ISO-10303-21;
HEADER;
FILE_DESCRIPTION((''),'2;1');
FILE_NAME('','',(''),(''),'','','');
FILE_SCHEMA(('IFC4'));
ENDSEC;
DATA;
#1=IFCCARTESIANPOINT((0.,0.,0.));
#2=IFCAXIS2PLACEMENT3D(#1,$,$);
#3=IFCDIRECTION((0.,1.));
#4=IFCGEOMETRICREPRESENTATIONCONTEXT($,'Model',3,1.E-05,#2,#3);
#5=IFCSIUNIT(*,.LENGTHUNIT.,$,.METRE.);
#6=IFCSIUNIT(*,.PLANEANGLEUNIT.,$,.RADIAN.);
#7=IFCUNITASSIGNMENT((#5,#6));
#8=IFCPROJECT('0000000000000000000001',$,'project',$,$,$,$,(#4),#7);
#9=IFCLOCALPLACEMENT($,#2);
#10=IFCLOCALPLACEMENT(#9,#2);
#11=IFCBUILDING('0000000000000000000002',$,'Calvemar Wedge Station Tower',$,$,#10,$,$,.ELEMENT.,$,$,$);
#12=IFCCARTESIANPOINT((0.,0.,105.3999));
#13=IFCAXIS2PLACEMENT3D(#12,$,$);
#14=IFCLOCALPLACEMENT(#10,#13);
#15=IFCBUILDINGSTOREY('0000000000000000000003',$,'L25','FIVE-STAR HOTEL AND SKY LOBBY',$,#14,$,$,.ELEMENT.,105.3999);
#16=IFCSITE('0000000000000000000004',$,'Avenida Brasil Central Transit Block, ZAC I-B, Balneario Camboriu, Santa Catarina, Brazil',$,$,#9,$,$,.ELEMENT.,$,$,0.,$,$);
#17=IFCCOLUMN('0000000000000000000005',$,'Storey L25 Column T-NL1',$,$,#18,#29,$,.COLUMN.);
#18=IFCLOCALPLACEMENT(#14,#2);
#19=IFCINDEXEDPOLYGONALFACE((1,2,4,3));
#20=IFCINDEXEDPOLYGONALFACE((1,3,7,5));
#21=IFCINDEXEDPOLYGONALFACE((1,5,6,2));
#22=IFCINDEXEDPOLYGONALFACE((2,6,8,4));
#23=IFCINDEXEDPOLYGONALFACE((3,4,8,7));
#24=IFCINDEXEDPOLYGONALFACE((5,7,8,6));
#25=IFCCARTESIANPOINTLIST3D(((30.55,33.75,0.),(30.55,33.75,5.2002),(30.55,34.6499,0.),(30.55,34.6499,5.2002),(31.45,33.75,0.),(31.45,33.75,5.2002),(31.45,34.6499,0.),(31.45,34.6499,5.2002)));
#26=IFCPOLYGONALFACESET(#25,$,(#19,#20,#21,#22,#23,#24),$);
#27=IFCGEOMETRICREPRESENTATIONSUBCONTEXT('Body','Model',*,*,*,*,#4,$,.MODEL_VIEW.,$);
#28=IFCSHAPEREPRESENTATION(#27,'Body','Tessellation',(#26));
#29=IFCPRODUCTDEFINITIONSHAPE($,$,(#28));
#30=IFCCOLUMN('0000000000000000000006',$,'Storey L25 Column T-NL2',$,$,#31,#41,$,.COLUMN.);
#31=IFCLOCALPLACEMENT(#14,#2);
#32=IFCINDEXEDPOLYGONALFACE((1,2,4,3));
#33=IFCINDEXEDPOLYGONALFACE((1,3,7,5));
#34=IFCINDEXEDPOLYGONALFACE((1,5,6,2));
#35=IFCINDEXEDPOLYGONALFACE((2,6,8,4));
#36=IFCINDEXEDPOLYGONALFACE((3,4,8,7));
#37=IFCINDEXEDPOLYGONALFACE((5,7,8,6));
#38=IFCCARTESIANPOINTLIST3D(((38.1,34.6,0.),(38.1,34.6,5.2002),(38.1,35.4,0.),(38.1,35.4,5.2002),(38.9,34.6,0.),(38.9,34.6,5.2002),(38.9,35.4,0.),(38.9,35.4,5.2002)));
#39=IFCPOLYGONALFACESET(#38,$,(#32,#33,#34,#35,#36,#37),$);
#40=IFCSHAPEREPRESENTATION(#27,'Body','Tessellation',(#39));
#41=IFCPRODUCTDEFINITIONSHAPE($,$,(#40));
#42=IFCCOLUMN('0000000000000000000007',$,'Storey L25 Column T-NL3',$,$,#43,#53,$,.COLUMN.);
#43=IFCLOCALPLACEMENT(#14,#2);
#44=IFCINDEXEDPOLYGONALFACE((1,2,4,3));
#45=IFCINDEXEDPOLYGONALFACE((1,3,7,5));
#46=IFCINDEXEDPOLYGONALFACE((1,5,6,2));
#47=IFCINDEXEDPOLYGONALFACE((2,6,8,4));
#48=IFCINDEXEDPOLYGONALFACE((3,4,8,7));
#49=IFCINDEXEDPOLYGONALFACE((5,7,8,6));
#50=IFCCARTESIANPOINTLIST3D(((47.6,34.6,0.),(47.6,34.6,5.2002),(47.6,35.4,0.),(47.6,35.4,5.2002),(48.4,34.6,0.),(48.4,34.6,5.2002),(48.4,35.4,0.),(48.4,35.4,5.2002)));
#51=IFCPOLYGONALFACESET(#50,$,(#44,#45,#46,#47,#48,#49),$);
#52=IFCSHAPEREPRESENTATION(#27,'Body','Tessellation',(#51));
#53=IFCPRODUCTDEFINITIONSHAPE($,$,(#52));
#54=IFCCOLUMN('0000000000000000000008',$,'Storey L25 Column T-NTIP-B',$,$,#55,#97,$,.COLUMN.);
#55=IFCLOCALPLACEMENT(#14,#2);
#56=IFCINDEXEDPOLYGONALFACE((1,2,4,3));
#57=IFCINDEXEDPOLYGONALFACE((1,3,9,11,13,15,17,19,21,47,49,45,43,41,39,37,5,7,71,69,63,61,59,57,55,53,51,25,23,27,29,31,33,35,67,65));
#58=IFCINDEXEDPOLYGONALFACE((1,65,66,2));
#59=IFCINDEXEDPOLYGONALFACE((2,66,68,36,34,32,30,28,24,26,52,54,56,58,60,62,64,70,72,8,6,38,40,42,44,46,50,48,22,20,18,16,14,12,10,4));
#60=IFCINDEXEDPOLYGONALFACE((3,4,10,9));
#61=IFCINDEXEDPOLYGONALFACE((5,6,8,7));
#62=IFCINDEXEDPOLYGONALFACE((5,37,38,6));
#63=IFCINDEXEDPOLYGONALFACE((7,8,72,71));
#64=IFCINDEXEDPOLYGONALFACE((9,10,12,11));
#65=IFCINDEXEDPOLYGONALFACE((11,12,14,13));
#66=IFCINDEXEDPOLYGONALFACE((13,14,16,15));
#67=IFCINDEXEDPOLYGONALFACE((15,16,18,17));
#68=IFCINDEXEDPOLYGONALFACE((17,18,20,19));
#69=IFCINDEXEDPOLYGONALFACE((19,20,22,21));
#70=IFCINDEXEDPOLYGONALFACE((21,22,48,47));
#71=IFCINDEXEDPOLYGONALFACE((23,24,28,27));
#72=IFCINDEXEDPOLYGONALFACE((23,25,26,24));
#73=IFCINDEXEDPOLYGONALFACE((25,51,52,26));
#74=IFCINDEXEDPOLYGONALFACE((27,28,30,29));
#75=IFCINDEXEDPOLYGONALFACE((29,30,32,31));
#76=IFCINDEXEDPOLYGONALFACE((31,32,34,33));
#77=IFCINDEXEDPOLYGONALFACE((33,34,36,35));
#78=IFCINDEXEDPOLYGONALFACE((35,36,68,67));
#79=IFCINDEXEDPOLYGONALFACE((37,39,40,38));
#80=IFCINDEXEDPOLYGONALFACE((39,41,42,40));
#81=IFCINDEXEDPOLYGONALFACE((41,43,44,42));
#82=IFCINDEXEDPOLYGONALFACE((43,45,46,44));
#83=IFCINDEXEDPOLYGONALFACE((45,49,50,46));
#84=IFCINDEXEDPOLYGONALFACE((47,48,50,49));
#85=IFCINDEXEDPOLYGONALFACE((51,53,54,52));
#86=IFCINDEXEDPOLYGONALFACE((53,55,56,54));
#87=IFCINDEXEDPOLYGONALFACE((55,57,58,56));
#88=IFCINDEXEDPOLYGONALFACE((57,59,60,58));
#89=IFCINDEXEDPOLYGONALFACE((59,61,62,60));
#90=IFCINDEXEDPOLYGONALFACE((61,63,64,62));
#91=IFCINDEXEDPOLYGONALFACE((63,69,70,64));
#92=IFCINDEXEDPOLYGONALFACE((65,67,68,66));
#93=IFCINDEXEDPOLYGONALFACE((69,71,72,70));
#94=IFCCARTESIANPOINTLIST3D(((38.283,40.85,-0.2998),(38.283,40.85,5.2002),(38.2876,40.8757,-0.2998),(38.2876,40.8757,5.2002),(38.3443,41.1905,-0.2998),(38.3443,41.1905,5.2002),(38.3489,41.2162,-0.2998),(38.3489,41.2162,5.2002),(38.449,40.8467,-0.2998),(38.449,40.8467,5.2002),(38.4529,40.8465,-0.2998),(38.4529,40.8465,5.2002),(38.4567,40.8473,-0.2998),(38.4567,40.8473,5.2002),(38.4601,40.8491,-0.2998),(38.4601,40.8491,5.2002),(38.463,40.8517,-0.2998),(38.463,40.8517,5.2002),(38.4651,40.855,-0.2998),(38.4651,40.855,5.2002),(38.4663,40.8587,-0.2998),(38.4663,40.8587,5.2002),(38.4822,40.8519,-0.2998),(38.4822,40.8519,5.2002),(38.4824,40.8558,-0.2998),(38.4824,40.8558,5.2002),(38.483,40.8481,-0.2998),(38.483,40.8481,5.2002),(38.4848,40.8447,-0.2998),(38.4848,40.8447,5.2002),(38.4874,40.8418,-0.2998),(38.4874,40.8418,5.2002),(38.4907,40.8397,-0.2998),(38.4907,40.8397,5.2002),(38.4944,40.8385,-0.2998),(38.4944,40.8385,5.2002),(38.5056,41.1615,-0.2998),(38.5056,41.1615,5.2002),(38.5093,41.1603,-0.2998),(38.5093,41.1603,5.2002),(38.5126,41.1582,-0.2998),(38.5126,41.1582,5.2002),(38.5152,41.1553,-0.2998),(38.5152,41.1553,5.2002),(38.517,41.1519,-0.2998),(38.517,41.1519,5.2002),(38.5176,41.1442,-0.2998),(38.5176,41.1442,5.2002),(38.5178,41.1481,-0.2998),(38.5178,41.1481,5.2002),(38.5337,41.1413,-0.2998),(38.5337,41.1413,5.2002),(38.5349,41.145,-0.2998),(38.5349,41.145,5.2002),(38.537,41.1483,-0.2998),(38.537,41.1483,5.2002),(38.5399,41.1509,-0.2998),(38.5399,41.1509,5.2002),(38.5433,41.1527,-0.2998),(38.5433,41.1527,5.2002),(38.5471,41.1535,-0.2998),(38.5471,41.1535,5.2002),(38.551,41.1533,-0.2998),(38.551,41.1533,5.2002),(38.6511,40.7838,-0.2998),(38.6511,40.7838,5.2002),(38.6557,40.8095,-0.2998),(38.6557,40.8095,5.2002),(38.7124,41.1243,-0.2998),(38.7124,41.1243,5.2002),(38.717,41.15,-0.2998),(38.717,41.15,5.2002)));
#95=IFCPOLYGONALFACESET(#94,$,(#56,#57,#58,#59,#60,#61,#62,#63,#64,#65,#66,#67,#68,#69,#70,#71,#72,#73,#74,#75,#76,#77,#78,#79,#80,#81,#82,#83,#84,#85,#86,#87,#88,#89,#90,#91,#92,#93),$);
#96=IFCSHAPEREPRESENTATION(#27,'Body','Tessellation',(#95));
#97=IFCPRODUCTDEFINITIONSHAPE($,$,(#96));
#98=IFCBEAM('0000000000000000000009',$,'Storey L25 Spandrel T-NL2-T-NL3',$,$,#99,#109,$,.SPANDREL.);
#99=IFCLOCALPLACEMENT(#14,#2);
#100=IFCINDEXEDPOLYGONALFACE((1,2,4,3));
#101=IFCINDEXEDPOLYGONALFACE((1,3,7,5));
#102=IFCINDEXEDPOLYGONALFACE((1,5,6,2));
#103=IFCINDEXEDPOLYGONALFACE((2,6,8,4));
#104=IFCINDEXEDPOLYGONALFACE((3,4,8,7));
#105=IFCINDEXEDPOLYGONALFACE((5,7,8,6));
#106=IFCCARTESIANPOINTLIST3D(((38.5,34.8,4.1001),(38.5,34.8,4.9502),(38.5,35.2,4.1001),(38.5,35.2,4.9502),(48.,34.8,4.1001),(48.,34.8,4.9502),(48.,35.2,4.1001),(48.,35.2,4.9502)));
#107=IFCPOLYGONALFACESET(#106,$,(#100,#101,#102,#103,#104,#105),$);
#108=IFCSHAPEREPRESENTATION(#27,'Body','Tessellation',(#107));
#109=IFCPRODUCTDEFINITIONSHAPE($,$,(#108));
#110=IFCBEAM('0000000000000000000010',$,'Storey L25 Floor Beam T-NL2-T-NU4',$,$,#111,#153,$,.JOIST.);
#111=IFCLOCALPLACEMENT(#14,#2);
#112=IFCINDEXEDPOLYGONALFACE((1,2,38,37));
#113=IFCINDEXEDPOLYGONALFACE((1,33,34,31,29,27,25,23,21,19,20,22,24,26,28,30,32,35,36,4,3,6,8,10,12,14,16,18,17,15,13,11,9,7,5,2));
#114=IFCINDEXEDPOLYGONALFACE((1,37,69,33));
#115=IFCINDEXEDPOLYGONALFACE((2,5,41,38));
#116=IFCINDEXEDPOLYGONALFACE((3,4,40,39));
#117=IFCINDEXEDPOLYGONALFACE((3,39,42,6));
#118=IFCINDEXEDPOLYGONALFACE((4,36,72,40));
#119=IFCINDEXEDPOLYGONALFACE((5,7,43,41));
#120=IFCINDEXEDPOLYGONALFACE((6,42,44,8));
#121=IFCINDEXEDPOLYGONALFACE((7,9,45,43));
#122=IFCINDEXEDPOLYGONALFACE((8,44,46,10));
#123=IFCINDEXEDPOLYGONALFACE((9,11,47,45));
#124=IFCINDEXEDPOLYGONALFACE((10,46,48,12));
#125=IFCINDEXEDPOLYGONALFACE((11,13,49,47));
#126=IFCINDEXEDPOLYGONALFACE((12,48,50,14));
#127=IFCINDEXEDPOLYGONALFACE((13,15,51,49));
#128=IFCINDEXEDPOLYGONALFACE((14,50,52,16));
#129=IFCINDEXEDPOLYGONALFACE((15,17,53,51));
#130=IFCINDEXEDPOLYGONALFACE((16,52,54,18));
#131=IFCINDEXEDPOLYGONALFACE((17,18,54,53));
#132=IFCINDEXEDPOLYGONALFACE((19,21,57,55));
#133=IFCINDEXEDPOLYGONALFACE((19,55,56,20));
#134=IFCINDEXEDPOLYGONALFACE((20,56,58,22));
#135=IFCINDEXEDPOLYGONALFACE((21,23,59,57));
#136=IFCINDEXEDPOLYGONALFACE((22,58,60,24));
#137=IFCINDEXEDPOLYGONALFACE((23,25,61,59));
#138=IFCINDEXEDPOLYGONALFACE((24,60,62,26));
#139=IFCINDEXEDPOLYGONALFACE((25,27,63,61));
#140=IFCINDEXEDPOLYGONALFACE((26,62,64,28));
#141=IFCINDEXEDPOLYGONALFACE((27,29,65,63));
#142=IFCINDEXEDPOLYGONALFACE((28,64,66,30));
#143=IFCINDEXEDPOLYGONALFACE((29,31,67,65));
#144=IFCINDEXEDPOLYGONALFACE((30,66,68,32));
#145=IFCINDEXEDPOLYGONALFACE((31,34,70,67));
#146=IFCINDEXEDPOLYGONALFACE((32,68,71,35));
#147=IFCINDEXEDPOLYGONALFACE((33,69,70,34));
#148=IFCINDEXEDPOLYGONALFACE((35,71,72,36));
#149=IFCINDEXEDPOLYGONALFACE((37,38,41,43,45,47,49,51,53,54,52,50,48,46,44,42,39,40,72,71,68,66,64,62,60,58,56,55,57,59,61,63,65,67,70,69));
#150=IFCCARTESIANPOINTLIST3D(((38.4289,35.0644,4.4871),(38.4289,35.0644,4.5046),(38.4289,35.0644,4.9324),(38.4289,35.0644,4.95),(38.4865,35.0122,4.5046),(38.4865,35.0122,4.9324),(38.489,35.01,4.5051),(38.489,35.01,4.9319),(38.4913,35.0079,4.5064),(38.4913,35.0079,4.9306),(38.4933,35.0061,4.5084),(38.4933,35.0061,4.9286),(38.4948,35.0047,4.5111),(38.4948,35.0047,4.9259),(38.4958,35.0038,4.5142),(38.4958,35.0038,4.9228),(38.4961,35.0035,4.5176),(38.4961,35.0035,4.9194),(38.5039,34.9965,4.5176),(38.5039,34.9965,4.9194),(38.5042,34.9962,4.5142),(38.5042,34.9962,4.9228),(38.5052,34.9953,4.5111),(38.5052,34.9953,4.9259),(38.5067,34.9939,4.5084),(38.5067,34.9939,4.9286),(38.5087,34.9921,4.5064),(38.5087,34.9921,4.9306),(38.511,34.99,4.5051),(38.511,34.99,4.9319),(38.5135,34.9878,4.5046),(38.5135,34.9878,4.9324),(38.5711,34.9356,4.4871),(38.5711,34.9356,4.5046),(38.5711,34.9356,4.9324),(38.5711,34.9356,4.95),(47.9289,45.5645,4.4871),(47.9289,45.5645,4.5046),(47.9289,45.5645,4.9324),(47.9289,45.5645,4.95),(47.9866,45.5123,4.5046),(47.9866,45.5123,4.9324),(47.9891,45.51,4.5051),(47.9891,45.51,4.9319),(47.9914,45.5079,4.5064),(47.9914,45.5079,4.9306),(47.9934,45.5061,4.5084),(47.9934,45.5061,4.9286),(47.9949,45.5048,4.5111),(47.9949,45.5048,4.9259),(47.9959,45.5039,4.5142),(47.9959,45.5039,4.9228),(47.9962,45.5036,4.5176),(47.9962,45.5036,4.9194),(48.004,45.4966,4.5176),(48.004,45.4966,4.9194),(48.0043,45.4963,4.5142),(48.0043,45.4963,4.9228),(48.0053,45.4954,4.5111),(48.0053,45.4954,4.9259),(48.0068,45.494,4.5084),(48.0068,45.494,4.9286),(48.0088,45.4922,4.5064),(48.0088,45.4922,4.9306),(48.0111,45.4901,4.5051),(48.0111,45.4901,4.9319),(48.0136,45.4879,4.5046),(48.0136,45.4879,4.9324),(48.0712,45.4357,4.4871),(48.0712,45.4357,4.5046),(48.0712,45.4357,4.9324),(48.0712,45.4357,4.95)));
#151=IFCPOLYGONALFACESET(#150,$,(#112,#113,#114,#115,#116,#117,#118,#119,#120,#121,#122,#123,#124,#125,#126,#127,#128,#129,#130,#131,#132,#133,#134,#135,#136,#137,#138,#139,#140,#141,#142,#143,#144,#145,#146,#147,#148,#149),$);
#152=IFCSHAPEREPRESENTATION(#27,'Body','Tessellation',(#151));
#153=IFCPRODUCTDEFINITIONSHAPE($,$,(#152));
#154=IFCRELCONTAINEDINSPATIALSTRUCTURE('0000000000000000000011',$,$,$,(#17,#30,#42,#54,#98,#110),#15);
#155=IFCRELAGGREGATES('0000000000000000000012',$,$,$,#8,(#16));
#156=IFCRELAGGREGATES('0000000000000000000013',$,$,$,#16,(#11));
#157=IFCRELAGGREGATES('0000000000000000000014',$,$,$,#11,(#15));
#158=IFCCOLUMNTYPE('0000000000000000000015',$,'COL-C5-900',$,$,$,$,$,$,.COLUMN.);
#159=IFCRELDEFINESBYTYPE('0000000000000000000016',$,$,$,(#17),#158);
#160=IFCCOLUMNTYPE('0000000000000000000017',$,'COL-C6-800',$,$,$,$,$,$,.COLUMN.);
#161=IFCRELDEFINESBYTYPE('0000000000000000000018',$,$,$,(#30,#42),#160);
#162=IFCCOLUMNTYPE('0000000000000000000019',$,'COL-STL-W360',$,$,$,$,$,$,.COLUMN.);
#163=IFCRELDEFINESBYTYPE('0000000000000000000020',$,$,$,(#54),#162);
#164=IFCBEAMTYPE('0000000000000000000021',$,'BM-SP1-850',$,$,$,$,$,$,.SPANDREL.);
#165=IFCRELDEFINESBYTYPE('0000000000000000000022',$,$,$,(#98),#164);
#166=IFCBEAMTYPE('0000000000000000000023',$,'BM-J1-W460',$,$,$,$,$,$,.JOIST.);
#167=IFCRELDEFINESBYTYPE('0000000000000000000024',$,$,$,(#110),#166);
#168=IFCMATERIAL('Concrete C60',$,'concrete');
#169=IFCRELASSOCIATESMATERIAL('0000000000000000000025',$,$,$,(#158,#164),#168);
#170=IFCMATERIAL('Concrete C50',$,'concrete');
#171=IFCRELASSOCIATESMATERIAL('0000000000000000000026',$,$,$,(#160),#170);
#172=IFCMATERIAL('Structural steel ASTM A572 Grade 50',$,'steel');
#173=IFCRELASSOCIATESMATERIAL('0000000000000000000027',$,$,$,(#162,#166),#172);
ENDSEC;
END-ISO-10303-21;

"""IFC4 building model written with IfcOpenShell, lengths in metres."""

from ifc_helpers import new_model, si_unit, direction, frame, origin, origin_2d, place, context, subcontext, project, spatial, rectangle, i_section, extrude, source, transform, mapped, material, material_profile, profile_set, type_object, element, save


model = new_model("IFC4")

# Units and contexts
model_context = context("Model", 3, precision=1e-05, world=origin(), true_north=direction((0.0, 1.0)))
body_context = subcontext(model_context, "Body", "Model", "MODEL_VIEW")
ifc_project = project(units=[si_unit("LENGTHUNIT", "METRE"), si_unit("PLANEANGLEUNIT", "RADIAN")], contexts=[model_context])

# Site, building, storey
site_placement = place(None, origin())
site = spatial("IfcSite", under=ifc_project, at=site_placement, Name="Avenida Brasil Central Transit Block, ZAC I-B, Balneario Camboriu, Santa Catarina, Brazil", CompositionType="ELEMENT", RefElevation=0.0)
building_placement = place(site_placement, origin())
building = spatial("IfcBuilding", under=site, at=building_placement, Name="Calvemar Wedge Station Tower", CompositionType="ELEMENT")
storey_placement = place(building_placement, frame((0.0, 0.0, 105.3999)))
storey = spatial("IfcBuildingStorey", under=building, at=storey_placement, Name="L25", Description="FIVE-STAR HOTEL AND SKY LOBBY", CompositionType="ELEMENT", Elevation=105.3999)

# Columns
ifc_material_1 = material(Name="Concrete C60", Category="concrete")
ifc_material_profile_1 = material_profile(ifc_material_1, rectangle(XDim=0.8999, YDim=0.8999, at=origin_2d()), Name="RC900x900")
ifc_profile_set_1 = profile_set([ifc_material_profile_1], Name="Concrete C60")
column_type_1 = type_object("IfcColumnType", Name="COL-C5-900", PredefinedType="COLUMN", material=ifc_profile_set_1)
shared_shape_1 = source(origin(), body_context, "Body", "SweptSolid", [
    extrude(rectangle(XDim=0.8999, YDim=0.8999, at=origin_2d()), origin(), (0.0, 0.0, 1.0), 5.2002),
])
column_1_placement = place(storey_placement, frame((31.0, 34.2, 0.0), z_axis=(0.0, 0.0, 1.0), x_axis=(1.0, 0.0, 0.0)))
element("IfcColumn", 1, at=column_1_placement, inside=storey, type_object=column_type_1, Name="Storey L25 Column T-NL1", PredefinedType="COLUMN", context=body_context, shape_type="MappedRepresentation", body=[
    mapped(shared_shape_1, transform((0.0, 0.0, 0.0), scale=1.0)),
])
ifc_material_2 = material(Name="Concrete C50", Category="concrete")
ifc_material_profile_2 = material_profile(ifc_material_2, rectangle(XDim=0.8, YDim=0.8, at=origin_2d()), Name="RC800x800")
ifc_profile_set_2 = profile_set([ifc_material_profile_2], Name="Concrete C50")
column_type_2 = type_object("IfcColumnType", Name="COL-C6-800", PredefinedType="COLUMN", material=ifc_profile_set_2)
shared_shape_2 = source(origin(), body_context, "Body", "SweptSolid", [
    extrude(rectangle(XDim=0.8, YDim=0.8, at=origin_2d()), origin(), (0.0, 0.0, 1.0), 5.2002),
])
for number, where, z_axis, x_axis, name in (
    (2, (38.5, 35.0, 0.0), (0.0, 0.0, 1.0), (1.0, 0.0, 0.0), "Storey L25 Column T-NL2"),
    (3, (48.0, 35.0, 0.0), (0.0, 0.0, 1.0), (1.0, 0.0, 0.0), "Storey L25 Column T-NL3"),
):
    element("IfcColumn", number, at=place(storey_placement, frame(where, z_axis=z_axis, x_axis=x_axis)), inside=storey, type_object=column_type_2, Name=name, PredefinedType="COLUMN", context=body_context, shape_type="MappedRepresentation", body=[
        mapped(shared_shape_2, transform((0.0, 0.0, 0.0), scale=1.0)),
    ])
ifc_material_3 = material(Name="Structural steel ASTM A572 Grade 50", Category="steel")
ifc_material_profile_3 = material_profile(ifc_material_3, i_section(OverallWidth=0.374, OverallDepth=0.3721, WebThickness=0.0164, FlangeThickness=0.0261, FilletRadius=0.0149, at=origin_2d()), Name="W360x196")
ifc_profile_set_3 = profile_set([ifc_material_profile_3], Name="Structural steel ASTM A572 Grade 50")
column_type_3 = type_object("IfcColumnType", Name="COL-STL-W360", PredefinedType="COLUMN", material=ifc_profile_set_3)
shared_shape_3 = source(origin(), body_context, "Body", "SweptSolid", [
    extrude(i_section(OverallWidth=0.374, OverallDepth=0.3721, WebThickness=0.0164, FlangeThickness=0.0261, FilletRadius=0.0149, at=origin_2d()), origin(), (0.0, 0.0, 1.0), 5.5),
])
column_2_placement = place(storey_placement, frame((38.5, 41.0, -0.2998), z_axis=(0.0, 0.0, 1.0), x_axis=(0.984196, -0.177085, 0.0)))
element("IfcColumn", 4, at=column_2_placement, inside=storey, type_object=column_type_3, Name="Storey L25 Column T-NTIP-B", PredefinedType="COLUMN", context=body_context, shape_type="MappedRepresentation", body=[
    mapped(shared_shape_3, transform((0.0, 0.0, 0.0), scale=1.0)),
])

# Beams
ifc_material_profile_4 = material_profile(ifc_material_1, rectangle(XDim=0.3999, YDim=0.8501, at=origin_2d()), Name="RC400x850")
ifc_profile_set_4 = profile_set([ifc_material_profile_4], Name="Concrete C60")
beam_type_1 = type_object("IfcBeamType", Name="BM-SP1-850", PredefinedType="SPANDREL", material=ifc_profile_set_4)
shared_shape_4 = source(origin(), body_context, "Body", "SweptSolid", [
    extrude(rectangle(XDim=0.3999, YDim=0.8501, at=origin_2d()), origin(), (0.0, 0.0, 1.0), 9.5),
])
beam_1_placement = place(storey_placement, frame((38.5, 35.0, 4.5251), z_axis=(1.0, 0.0, 0.0), x_axis=(0.0, 1.0, 0.0)))
element("IfcBeam", 5, at=beam_1_placement, inside=storey, type_object=beam_type_1, Name="Storey L25 Spandrel T-NL2-T-NL3", PredefinedType="SPANDREL", context=body_context, shape_type="MappedRepresentation", body=[
    mapped(shared_shape_4, transform((0.0, 0.0, 0.0), scale=1.0)),
])
ifc_material_profile_5 = material_profile(ifc_material_3, i_section(OverallWidth=0.1919, OverallDepth=0.4629, WebThickness=0.0105, FlangeThickness=0.0176, FilletRadius=0.0129, at=origin_2d()), Name="W460x89")
ifc_profile_set_5 = profile_set([ifc_material_profile_5], Name="Structural steel ASTM A572 Grade 50")
beam_type_2 = type_object("IfcBeamType", Name="BM-J1-W460", PredefinedType="JOIST", material=ifc_profile_set_5)
shared_shape_5 = source(origin(), body_context, "Body", "SweptSolid", [
    extrude(i_section(OverallWidth=0.1919, OverallDepth=0.4629, WebThickness=0.0105, FlangeThickness=0.0176, FilletRadius=0.0129, at=origin_2d()), origin(), (0.0, 0.0, 1.0), 14.1599),
])
beam_2_placement = place(storey_placement, frame((38.5, 35.0, 4.7185), z_axis=(0.670913, 0.741536, 0.0), x_axis=(-0.741536, 0.670913, 0.0)))
element("IfcBeam", 6, at=beam_2_placement, inside=storey, type_object=beam_type_2, Name="Storey L25 Floor Beam T-NL2-T-NU4", PredefinedType="JOIST", context=body_context, shape_type="MappedRepresentation", body=[
    mapped(shared_shape_5, transform((0.0, 0.0, 0.0), scale=1.0)),
])

save(model, "model.ifc")
